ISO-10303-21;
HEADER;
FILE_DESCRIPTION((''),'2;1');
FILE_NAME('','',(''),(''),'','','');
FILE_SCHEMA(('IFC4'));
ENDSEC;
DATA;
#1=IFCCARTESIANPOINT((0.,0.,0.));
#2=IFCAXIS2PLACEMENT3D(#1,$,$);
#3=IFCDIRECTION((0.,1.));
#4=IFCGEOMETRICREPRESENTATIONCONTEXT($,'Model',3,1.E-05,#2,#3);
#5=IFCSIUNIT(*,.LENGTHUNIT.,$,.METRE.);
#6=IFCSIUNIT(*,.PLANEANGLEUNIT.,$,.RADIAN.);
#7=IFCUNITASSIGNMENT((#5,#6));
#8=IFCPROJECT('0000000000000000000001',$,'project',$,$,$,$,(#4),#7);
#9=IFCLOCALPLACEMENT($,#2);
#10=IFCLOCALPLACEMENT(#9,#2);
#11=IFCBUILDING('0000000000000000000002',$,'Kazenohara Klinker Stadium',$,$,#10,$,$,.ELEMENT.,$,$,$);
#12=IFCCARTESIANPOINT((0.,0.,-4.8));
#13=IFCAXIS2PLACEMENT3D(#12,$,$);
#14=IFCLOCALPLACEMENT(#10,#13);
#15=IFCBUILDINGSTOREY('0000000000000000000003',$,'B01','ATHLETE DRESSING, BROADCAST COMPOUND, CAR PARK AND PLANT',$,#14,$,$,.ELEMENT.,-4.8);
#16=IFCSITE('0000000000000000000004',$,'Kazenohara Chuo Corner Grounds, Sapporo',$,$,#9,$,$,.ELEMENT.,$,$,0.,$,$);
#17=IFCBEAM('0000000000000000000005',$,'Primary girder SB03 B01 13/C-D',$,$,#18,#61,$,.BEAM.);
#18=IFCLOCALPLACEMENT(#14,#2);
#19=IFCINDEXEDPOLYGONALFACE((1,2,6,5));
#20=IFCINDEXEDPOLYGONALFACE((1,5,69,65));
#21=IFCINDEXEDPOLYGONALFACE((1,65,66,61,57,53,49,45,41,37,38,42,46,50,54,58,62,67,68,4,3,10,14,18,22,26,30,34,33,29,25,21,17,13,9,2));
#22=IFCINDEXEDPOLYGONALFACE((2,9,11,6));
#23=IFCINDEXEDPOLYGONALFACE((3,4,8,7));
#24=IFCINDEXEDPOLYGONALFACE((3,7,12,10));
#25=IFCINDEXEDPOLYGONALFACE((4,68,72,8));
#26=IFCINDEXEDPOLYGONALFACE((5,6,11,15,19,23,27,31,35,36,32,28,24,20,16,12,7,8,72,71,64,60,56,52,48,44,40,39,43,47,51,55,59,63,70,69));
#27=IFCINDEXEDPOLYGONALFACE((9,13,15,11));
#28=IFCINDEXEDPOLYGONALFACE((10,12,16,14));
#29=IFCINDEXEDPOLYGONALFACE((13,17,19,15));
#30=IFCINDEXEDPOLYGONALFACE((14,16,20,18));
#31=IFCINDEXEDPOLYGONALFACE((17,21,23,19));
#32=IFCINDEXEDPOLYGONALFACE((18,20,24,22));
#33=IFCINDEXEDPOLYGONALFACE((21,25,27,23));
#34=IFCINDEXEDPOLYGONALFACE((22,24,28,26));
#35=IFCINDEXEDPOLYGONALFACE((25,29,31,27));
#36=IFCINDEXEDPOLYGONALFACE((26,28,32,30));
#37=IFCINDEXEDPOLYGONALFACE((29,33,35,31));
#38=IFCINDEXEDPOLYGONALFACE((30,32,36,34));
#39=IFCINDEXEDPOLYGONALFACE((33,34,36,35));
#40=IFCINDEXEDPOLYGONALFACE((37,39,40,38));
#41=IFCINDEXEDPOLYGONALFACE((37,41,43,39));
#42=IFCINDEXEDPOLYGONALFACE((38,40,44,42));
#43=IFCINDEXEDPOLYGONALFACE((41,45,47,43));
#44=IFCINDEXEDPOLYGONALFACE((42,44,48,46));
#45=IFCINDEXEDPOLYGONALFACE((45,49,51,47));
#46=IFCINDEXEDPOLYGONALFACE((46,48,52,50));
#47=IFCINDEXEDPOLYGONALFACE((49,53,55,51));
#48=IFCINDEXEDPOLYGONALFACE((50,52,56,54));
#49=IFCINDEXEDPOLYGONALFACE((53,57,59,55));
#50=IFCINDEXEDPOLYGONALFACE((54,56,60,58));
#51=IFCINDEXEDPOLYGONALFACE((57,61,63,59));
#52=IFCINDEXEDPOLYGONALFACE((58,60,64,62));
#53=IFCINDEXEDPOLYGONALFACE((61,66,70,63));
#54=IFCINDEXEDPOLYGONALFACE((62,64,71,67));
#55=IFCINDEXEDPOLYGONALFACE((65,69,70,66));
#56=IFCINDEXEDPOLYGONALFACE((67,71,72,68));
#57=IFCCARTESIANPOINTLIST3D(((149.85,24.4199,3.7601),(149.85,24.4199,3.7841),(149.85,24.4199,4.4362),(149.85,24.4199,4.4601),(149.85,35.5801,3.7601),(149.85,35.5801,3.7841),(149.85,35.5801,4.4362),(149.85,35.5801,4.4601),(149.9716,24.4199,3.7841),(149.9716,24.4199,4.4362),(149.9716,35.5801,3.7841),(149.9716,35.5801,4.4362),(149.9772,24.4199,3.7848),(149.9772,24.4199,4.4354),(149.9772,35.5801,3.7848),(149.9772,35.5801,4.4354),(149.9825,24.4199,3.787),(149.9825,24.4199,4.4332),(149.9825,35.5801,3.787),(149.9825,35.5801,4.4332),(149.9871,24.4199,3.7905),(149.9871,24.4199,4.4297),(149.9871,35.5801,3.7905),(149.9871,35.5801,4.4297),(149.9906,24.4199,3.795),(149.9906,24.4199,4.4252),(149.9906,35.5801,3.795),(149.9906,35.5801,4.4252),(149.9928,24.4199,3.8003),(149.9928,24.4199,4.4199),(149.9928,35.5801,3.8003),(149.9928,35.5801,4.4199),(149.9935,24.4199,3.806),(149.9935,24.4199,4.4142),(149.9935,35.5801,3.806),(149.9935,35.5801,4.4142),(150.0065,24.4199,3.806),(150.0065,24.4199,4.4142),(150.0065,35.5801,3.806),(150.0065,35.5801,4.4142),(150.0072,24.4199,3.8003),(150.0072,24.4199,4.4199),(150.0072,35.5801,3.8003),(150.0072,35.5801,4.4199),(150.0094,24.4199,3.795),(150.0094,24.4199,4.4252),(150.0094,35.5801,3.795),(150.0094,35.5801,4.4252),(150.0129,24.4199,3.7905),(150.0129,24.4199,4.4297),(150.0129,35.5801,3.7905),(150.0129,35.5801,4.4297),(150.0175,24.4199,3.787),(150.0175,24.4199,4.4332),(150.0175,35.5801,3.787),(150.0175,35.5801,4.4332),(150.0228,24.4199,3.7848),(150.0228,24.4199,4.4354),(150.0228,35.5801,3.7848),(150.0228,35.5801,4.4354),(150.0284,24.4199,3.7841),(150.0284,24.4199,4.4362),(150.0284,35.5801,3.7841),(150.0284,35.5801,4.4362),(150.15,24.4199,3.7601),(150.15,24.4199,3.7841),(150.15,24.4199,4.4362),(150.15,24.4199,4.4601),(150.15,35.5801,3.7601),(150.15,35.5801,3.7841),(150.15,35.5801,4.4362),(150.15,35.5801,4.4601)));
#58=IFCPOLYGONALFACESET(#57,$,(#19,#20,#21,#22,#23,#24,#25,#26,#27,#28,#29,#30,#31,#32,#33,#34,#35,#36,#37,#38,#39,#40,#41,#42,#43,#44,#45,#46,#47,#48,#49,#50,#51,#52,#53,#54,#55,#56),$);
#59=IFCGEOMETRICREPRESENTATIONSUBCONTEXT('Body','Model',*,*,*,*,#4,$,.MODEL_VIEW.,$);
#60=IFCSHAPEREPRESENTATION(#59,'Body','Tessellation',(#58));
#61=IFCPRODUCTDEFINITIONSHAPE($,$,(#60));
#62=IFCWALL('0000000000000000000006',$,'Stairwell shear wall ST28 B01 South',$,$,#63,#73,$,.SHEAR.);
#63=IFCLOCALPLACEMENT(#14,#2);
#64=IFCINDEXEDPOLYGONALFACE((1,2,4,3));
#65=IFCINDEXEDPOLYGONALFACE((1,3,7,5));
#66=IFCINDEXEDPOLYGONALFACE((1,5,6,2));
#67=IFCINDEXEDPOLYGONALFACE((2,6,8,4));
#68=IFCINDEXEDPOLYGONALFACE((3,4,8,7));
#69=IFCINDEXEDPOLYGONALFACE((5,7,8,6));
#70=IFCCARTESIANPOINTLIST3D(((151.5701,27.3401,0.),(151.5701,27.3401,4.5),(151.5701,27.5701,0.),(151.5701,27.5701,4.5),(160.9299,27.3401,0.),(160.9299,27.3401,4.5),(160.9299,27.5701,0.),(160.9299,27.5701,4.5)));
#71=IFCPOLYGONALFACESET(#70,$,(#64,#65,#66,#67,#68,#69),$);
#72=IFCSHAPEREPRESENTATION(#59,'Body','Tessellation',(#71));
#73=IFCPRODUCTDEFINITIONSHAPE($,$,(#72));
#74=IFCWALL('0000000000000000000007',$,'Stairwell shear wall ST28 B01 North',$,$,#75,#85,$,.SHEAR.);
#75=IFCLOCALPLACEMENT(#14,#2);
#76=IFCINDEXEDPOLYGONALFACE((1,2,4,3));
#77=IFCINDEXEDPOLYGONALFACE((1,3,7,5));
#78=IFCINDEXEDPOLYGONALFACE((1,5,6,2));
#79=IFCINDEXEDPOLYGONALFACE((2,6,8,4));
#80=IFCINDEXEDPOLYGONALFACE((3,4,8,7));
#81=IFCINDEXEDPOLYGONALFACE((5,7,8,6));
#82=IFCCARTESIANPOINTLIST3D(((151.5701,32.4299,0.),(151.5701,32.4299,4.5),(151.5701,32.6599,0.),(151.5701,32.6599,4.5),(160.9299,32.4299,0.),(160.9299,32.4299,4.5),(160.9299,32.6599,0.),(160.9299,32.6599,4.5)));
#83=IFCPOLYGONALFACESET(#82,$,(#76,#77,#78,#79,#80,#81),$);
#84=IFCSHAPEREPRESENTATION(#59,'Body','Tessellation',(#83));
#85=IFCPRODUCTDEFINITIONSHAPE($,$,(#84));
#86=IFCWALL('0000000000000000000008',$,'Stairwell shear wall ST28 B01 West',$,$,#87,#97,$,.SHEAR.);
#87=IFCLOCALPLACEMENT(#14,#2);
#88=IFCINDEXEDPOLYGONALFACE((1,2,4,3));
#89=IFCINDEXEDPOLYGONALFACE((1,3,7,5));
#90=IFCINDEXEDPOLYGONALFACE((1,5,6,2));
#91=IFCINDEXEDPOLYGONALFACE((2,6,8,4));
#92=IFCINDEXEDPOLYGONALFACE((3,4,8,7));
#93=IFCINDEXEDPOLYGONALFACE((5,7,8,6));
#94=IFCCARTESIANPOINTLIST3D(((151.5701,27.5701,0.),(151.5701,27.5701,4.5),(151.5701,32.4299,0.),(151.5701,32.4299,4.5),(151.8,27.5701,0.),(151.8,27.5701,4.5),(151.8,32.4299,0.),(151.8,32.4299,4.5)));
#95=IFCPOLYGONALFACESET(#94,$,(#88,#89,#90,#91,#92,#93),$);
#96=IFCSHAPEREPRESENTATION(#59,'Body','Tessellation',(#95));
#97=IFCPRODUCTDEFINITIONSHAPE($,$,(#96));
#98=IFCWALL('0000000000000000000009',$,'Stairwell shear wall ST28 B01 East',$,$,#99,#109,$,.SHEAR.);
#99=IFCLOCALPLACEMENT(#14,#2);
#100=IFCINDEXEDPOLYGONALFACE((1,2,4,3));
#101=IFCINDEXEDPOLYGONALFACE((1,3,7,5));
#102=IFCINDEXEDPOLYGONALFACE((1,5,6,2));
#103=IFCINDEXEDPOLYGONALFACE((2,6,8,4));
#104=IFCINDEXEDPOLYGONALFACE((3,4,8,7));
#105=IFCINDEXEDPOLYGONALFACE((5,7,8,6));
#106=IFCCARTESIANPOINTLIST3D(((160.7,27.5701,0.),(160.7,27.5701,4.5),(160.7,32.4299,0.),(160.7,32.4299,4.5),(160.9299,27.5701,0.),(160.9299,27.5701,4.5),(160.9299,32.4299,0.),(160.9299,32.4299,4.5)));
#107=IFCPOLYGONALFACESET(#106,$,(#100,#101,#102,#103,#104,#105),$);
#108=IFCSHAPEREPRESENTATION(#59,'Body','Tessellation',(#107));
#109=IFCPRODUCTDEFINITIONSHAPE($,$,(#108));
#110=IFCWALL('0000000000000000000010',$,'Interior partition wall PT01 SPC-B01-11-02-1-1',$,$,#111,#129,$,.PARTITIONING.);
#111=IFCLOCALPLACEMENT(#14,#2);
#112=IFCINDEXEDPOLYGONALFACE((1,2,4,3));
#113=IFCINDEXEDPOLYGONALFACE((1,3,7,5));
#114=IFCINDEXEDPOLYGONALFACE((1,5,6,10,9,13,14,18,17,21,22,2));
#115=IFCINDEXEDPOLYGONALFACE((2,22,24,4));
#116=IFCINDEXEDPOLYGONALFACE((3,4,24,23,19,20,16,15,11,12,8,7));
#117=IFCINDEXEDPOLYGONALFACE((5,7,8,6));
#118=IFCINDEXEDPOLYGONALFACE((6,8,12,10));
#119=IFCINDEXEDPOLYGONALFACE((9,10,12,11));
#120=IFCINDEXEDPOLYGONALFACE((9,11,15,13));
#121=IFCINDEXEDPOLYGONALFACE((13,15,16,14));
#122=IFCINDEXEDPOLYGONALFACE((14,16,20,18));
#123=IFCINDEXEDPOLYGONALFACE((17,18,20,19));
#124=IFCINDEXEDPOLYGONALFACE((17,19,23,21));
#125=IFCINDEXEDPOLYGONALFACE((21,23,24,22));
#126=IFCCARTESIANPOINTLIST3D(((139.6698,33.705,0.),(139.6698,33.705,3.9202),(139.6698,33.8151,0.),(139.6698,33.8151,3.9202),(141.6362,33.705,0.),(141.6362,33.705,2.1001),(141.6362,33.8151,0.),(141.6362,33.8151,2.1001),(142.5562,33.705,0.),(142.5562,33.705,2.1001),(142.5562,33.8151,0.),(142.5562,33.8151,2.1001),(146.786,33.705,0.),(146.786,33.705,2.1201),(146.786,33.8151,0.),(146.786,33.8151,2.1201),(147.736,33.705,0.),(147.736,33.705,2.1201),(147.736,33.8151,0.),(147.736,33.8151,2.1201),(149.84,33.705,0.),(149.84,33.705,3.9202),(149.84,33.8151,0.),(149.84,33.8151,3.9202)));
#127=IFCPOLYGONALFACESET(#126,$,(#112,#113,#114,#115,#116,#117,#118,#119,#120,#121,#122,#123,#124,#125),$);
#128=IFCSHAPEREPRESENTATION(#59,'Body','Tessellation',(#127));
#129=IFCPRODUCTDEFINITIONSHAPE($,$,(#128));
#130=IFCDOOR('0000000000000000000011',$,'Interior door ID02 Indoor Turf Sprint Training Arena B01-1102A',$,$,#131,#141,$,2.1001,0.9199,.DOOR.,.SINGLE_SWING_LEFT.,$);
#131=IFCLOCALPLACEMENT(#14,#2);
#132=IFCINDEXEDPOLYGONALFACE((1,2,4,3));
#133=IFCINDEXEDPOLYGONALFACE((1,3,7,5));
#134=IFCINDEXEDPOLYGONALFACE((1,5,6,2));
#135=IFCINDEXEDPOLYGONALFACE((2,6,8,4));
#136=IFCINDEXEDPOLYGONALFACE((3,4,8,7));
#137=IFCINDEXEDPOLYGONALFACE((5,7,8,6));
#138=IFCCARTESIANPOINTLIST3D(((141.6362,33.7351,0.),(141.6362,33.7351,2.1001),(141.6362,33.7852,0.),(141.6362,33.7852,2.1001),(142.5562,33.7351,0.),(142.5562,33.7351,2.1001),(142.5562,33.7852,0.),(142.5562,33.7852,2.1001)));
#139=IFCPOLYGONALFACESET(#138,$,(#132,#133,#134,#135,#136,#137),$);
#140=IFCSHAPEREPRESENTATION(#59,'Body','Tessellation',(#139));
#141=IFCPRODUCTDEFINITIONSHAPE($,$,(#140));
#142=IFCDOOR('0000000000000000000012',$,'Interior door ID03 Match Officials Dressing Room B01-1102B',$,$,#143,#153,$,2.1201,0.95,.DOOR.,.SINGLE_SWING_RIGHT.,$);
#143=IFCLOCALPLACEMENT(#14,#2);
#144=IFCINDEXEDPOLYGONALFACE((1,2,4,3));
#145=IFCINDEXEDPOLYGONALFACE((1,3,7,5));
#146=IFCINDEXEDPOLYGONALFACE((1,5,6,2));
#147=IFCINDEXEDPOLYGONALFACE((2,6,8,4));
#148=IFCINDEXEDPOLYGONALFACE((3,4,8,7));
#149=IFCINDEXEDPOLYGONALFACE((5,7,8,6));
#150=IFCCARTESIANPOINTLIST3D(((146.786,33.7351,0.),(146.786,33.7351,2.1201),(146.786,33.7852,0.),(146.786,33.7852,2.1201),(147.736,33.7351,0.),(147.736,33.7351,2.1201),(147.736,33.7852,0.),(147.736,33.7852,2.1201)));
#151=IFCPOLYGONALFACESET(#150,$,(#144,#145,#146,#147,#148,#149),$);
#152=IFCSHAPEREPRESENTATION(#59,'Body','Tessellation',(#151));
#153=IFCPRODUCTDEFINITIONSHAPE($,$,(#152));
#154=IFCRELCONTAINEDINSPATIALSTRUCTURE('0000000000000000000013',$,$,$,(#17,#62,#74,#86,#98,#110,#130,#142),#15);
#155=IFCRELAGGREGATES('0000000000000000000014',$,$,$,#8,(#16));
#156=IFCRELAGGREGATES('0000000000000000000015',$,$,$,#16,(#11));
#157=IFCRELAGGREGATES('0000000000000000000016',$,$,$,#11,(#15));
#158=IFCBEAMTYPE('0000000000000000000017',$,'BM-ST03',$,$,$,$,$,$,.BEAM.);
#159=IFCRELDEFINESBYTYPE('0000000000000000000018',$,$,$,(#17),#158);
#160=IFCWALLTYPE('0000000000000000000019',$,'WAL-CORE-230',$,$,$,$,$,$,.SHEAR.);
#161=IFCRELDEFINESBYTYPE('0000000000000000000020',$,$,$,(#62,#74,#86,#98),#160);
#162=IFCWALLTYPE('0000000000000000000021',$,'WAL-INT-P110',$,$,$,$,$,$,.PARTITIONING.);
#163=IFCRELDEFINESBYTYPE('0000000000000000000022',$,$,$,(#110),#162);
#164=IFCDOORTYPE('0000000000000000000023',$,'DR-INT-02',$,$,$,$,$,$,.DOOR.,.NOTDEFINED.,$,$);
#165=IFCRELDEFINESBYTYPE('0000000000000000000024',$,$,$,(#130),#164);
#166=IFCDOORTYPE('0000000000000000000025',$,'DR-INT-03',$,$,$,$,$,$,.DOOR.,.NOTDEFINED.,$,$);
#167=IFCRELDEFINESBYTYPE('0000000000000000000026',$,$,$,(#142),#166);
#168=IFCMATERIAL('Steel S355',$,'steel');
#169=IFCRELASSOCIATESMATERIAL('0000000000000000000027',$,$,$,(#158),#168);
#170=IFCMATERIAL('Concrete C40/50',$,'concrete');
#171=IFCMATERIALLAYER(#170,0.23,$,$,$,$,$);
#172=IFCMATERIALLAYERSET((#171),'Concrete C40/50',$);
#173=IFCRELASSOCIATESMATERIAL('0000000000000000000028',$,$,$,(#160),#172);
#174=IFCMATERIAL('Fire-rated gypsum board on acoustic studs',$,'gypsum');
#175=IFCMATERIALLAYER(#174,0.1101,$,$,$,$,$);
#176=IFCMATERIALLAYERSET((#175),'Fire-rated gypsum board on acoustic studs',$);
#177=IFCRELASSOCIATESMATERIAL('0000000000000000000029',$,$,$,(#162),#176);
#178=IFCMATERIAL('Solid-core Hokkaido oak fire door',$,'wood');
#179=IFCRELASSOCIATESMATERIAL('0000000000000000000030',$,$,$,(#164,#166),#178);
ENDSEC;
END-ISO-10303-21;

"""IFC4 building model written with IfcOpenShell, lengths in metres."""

from ifc_helpers import new_model, si_unit, direction, frame, frame_2d, origin, origin_2d, place, context, subcontext, project, spatial, rectangle, i_section, extrude, material, layer, layer_set, material_profile, profile_set, type_object, element, fill, save


model = new_model("IFC4")

# Units and contexts
model_context = context("Model", 3, precision=1e-05, world=origin(), true_north=direction((0.0, 1.0)))
body_context = subcontext(model_context, "Body", "Model", "MODEL_VIEW")
ifc_project = project(units=[si_unit("LENGTHUNIT", "METRE"), si_unit("PLANEANGLEUNIT", "RADIAN")], contexts=[model_context])

# Site, building, storey
site_placement = place(None, origin())
site = spatial("IfcSite", under=ifc_project, at=site_placement, Name="Kazenohara Chuo Corner Grounds, Sapporo", CompositionType="ELEMENT", RefElevation=0.0)
building_placement = place(site_placement, origin())
building = spatial("IfcBuilding", under=site, at=building_placement, Name="Kazenohara Klinker Stadium", CompositionType="ELEMENT")
storey_placement = place(building_placement, frame((0.0, 0.0, -4.8)))
storey = spatial("IfcBuildingStorey", under=building, at=storey_placement, Name="B01", Description="ATHLETE DRESSING, BROADCAST COMPOUND, CAR PARK AND PLANT", CompositionType="ELEMENT", Elevation=-4.8)

# Shared definitions
ifc_material_1 = material(Name="Concrete C40/50", Category="concrete")

# Beam
ifc_material_2 = material(Name="Steel S355", Category="steel")
ifc_material_profile_1 = material_profile(ifc_material_2, i_section(OverallWidth=0.3, OverallDepth=0.7, WebThickness=0.0129, FlangeThickness=0.0239, FilletRadius=0.022, at=origin_2d()), Name="H-700x300x13x24")
ifc_profile_set_1 = profile_set([ifc_material_profile_1], Name="Steel S355")
beam_type_1 = type_object("IfcBeamType", Name="BM-ST03", PredefinedType="BEAM", material=ifc_profile_set_1)
beam_1_placement = place(storey_placement, frame((150.0, 24.4199, 4.1101), z_axis=(0.0, 1.0, 0.0), x_axis=(-1.0, 0.0, 0.0)))
element("IfcBeam", 1, at=beam_1_placement, inside=storey, type_object=beam_type_1, Name="Primary girder SB03 B01 13/C-D", PredefinedType="BEAM", context=body_context, shape_type="SweptSolid", body=[
    extrude(i_section(OverallWidth=0.3, OverallDepth=0.7, WebThickness=0.0129, FlangeThickness=0.0239, FilletRadius=0.022, at=origin_2d()), origin(), (0.0, 0.0, 1.0), 11.1602),
])

# Walls
ifc_layer_1 = layer(ifc_material_1, 0.23)
ifc_layer_set_1 = layer_set([ifc_layer_1], Name="Concrete C40/50")
wall_type_1 = type_object("IfcWallType", Name="WAL-CORE-230", PredefinedType="SHEAR", material=ifc_layer_set_1)
for number, where, z_axis, x_axis, name in (
    (2, (151.5701, 27.4551, 0.0), (0.0, 0.0, 1.0), (1.0, 0.0, 0.0), "Stairwell shear wall ST28 B01 South"),
    (3, (151.5701, 32.5449, 0.0), (0.0, 0.0, 1.0), (1.0, 0.0, 0.0), "Stairwell shear wall ST28 B01 North"),
):
    element("IfcWall", number, at=place(storey_placement, frame(where, z_axis=z_axis, x_axis=x_axis)), inside=storey, type_object=wall_type_1, Name=name, PredefinedType="SHEAR", context=body_context, shape_type="SweptSolid", body=[
        extrude(rectangle(XDim=9.3599, YDim=0.23, at=frame_2d((4.6799, 0.0))), origin(), (0.0, 0.0, 1.0), 4.5),
    ])
for number, where, z_axis, x_axis, name in (
    (4, (151.6851, 27.5701, 0.0), (0.0, 0.0, 1.0), (0.0, 1.0, 0.0), "Stairwell shear wall ST28 B01 West"),
    (5, (160.8149, 27.5701, 0.0), (0.0, 0.0, 1.0), (0.0, 1.0, 0.0), "Stairwell shear wall ST28 B01 East"),
):
    element("IfcWall", number, at=place(storey_placement, frame(where, z_axis=z_axis, x_axis=x_axis)), inside=storey, type_object=wall_type_1, Name=name, PredefinedType="SHEAR", context=body_context, shape_type="SweptSolid", body=[
        extrude(rectangle(XDim=4.8599, YDim=0.23, at=frame_2d((2.4299, 0.0))), origin(), (0.0, 0.0, 1.0), 4.5),
    ])

# Wall, openings, doors
ifc_material_3 = material(Name="Fire-rated gypsum board on acoustic studs", Category="gypsum")
ifc_layer_2 = layer(ifc_material_3, 0.1101)
ifc_layer_set_2 = layer_set([ifc_layer_2], Name="Fire-rated gypsum board on acoustic studs")
wall_type_2 = type_object("IfcWallType", Name="WAL-INT-P110", PredefinedType="PARTITIONING", material=ifc_layer_set_2)
wall_1_placement = place(storey_placement, frame((139.6699, 33.76, 0.0), z_axis=(0.0, 0.0, 1.0), x_axis=(1.0, 0.0, 0.0)))
wall_1 = element("IfcWall", 6, at=wall_1_placement, inside=storey, type_object=wall_type_2, Name="Interior partition wall PT01 SPC-B01-11-02-1-1", PredefinedType="PARTITIONING", context=body_context, shape_type="SweptSolid", body=[
    extrude(rectangle(XDim=10.1702, YDim=0.1101, at=frame_2d((5.085, 0.0))), origin(), (0.0, 0.0, 1.0), 3.9202),
])
opening_1_placement = place(wall_1_placement, frame((2.8862, 0.0, 0.0), z_axis=(0.0, 0.0, 1.0), x_axis=(-1.0, 0.0, 0.0)))
opening_1 = element("IfcOpeningElement", 7, at=opening_1_placement, cuts=wall_1, PredefinedType="OPENING", context=body_context, shape_type="SweptSolid", body=[
    extrude(rectangle(XDim=0.9199, YDim=2.1001, at=frame_2d((0.46, 1.05))), frame((0.0, 0.0649, 0.0), z_axis=(0.0, -1.0, 0.0), x_axis=(1.0, 0.0, 0.0)), (0.0, 0.0, 1.0), 0.1301),
])
opening_2_placement = place(wall_1_placement, frame((8.0662, 0.0, 0.0), z_axis=(0.0, 0.0, 1.0), x_axis=(-1.0, 0.0, 0.0)))
opening_2 = element("IfcOpeningElement", 8, at=opening_2_placement, cuts=wall_1, PredefinedType="OPENING", context=body_context, shape_type="SweptSolid", body=[
    extrude(rectangle(XDim=0.95, YDim=2.1201, at=frame_2d((0.4751, 1.0601))), frame((0.0, 0.0649, 0.0), z_axis=(0.0, -1.0, 0.0), x_axis=(1.0, 0.0, 0.0)), (0.0, 0.0, 1.0), 0.1301),
])
ifc_material_4 = material(Name="Solid-core Hokkaido oak fire door", Category="wood")
door_type_1 = type_object("IfcDoorType", Name="DR-INT-02", OperationType="NOTDEFINED", PredefinedType="DOOR", material=ifc_material_4)
door_1_placement = place(opening_1_placement, origin())
door_1 = element("IfcDoor", 9, at=door_1_placement, inside=storey, type_object=door_type_1, Name="Interior door ID02 Indoor Turf Sprint Training Arena B01-1102A", OperationType="SINGLE_SWING_LEFT", OverallHeight=2.1001, OverallWidth=0.9199, PredefinedType="DOOR", context=body_context, shape_type="SweptSolid", body=[
    extrude(rectangle(XDim=0.9199, YDim=2.1001, at=frame_2d((0.46, 1.05))), frame((0.0, 0.0249, 0.0), z_axis=(0.0, -1.0, 0.0), x_axis=(1.0, 0.0, 0.0)), (0.0, 0.0, 1.0), 0.05),
])
fill(opening_1, door_1)
door_type_2 = type_object("IfcDoorType", Name="DR-INT-03", OperationType="NOTDEFINED", PredefinedType="DOOR", material=ifc_material_4)
door_2_placement = place(opening_2_placement, origin())
door_2 = element("IfcDoor", 10, at=door_2_placement, inside=storey, type_object=door_type_2, Name="Interior door ID03 Match Officials Dressing Room B01-1102B", OperationType="SINGLE_SWING_RIGHT", OverallHeight=2.1201, OverallWidth=0.95, PredefinedType="DOOR", context=body_context, shape_type="SweptSolid", body=[
    extrude(rectangle(XDim=0.95, YDim=2.1201, at=frame_2d((0.4751, 1.0601))), frame((0.0, 0.0249, 0.0), z_axis=(0.0, -1.0, 0.0), x_axis=(1.0, 0.0, 0.0)), (0.0, 0.0, 1.0), 0.05),
])
fill(opening_2, door_2)

save(model, "model.ifc")
